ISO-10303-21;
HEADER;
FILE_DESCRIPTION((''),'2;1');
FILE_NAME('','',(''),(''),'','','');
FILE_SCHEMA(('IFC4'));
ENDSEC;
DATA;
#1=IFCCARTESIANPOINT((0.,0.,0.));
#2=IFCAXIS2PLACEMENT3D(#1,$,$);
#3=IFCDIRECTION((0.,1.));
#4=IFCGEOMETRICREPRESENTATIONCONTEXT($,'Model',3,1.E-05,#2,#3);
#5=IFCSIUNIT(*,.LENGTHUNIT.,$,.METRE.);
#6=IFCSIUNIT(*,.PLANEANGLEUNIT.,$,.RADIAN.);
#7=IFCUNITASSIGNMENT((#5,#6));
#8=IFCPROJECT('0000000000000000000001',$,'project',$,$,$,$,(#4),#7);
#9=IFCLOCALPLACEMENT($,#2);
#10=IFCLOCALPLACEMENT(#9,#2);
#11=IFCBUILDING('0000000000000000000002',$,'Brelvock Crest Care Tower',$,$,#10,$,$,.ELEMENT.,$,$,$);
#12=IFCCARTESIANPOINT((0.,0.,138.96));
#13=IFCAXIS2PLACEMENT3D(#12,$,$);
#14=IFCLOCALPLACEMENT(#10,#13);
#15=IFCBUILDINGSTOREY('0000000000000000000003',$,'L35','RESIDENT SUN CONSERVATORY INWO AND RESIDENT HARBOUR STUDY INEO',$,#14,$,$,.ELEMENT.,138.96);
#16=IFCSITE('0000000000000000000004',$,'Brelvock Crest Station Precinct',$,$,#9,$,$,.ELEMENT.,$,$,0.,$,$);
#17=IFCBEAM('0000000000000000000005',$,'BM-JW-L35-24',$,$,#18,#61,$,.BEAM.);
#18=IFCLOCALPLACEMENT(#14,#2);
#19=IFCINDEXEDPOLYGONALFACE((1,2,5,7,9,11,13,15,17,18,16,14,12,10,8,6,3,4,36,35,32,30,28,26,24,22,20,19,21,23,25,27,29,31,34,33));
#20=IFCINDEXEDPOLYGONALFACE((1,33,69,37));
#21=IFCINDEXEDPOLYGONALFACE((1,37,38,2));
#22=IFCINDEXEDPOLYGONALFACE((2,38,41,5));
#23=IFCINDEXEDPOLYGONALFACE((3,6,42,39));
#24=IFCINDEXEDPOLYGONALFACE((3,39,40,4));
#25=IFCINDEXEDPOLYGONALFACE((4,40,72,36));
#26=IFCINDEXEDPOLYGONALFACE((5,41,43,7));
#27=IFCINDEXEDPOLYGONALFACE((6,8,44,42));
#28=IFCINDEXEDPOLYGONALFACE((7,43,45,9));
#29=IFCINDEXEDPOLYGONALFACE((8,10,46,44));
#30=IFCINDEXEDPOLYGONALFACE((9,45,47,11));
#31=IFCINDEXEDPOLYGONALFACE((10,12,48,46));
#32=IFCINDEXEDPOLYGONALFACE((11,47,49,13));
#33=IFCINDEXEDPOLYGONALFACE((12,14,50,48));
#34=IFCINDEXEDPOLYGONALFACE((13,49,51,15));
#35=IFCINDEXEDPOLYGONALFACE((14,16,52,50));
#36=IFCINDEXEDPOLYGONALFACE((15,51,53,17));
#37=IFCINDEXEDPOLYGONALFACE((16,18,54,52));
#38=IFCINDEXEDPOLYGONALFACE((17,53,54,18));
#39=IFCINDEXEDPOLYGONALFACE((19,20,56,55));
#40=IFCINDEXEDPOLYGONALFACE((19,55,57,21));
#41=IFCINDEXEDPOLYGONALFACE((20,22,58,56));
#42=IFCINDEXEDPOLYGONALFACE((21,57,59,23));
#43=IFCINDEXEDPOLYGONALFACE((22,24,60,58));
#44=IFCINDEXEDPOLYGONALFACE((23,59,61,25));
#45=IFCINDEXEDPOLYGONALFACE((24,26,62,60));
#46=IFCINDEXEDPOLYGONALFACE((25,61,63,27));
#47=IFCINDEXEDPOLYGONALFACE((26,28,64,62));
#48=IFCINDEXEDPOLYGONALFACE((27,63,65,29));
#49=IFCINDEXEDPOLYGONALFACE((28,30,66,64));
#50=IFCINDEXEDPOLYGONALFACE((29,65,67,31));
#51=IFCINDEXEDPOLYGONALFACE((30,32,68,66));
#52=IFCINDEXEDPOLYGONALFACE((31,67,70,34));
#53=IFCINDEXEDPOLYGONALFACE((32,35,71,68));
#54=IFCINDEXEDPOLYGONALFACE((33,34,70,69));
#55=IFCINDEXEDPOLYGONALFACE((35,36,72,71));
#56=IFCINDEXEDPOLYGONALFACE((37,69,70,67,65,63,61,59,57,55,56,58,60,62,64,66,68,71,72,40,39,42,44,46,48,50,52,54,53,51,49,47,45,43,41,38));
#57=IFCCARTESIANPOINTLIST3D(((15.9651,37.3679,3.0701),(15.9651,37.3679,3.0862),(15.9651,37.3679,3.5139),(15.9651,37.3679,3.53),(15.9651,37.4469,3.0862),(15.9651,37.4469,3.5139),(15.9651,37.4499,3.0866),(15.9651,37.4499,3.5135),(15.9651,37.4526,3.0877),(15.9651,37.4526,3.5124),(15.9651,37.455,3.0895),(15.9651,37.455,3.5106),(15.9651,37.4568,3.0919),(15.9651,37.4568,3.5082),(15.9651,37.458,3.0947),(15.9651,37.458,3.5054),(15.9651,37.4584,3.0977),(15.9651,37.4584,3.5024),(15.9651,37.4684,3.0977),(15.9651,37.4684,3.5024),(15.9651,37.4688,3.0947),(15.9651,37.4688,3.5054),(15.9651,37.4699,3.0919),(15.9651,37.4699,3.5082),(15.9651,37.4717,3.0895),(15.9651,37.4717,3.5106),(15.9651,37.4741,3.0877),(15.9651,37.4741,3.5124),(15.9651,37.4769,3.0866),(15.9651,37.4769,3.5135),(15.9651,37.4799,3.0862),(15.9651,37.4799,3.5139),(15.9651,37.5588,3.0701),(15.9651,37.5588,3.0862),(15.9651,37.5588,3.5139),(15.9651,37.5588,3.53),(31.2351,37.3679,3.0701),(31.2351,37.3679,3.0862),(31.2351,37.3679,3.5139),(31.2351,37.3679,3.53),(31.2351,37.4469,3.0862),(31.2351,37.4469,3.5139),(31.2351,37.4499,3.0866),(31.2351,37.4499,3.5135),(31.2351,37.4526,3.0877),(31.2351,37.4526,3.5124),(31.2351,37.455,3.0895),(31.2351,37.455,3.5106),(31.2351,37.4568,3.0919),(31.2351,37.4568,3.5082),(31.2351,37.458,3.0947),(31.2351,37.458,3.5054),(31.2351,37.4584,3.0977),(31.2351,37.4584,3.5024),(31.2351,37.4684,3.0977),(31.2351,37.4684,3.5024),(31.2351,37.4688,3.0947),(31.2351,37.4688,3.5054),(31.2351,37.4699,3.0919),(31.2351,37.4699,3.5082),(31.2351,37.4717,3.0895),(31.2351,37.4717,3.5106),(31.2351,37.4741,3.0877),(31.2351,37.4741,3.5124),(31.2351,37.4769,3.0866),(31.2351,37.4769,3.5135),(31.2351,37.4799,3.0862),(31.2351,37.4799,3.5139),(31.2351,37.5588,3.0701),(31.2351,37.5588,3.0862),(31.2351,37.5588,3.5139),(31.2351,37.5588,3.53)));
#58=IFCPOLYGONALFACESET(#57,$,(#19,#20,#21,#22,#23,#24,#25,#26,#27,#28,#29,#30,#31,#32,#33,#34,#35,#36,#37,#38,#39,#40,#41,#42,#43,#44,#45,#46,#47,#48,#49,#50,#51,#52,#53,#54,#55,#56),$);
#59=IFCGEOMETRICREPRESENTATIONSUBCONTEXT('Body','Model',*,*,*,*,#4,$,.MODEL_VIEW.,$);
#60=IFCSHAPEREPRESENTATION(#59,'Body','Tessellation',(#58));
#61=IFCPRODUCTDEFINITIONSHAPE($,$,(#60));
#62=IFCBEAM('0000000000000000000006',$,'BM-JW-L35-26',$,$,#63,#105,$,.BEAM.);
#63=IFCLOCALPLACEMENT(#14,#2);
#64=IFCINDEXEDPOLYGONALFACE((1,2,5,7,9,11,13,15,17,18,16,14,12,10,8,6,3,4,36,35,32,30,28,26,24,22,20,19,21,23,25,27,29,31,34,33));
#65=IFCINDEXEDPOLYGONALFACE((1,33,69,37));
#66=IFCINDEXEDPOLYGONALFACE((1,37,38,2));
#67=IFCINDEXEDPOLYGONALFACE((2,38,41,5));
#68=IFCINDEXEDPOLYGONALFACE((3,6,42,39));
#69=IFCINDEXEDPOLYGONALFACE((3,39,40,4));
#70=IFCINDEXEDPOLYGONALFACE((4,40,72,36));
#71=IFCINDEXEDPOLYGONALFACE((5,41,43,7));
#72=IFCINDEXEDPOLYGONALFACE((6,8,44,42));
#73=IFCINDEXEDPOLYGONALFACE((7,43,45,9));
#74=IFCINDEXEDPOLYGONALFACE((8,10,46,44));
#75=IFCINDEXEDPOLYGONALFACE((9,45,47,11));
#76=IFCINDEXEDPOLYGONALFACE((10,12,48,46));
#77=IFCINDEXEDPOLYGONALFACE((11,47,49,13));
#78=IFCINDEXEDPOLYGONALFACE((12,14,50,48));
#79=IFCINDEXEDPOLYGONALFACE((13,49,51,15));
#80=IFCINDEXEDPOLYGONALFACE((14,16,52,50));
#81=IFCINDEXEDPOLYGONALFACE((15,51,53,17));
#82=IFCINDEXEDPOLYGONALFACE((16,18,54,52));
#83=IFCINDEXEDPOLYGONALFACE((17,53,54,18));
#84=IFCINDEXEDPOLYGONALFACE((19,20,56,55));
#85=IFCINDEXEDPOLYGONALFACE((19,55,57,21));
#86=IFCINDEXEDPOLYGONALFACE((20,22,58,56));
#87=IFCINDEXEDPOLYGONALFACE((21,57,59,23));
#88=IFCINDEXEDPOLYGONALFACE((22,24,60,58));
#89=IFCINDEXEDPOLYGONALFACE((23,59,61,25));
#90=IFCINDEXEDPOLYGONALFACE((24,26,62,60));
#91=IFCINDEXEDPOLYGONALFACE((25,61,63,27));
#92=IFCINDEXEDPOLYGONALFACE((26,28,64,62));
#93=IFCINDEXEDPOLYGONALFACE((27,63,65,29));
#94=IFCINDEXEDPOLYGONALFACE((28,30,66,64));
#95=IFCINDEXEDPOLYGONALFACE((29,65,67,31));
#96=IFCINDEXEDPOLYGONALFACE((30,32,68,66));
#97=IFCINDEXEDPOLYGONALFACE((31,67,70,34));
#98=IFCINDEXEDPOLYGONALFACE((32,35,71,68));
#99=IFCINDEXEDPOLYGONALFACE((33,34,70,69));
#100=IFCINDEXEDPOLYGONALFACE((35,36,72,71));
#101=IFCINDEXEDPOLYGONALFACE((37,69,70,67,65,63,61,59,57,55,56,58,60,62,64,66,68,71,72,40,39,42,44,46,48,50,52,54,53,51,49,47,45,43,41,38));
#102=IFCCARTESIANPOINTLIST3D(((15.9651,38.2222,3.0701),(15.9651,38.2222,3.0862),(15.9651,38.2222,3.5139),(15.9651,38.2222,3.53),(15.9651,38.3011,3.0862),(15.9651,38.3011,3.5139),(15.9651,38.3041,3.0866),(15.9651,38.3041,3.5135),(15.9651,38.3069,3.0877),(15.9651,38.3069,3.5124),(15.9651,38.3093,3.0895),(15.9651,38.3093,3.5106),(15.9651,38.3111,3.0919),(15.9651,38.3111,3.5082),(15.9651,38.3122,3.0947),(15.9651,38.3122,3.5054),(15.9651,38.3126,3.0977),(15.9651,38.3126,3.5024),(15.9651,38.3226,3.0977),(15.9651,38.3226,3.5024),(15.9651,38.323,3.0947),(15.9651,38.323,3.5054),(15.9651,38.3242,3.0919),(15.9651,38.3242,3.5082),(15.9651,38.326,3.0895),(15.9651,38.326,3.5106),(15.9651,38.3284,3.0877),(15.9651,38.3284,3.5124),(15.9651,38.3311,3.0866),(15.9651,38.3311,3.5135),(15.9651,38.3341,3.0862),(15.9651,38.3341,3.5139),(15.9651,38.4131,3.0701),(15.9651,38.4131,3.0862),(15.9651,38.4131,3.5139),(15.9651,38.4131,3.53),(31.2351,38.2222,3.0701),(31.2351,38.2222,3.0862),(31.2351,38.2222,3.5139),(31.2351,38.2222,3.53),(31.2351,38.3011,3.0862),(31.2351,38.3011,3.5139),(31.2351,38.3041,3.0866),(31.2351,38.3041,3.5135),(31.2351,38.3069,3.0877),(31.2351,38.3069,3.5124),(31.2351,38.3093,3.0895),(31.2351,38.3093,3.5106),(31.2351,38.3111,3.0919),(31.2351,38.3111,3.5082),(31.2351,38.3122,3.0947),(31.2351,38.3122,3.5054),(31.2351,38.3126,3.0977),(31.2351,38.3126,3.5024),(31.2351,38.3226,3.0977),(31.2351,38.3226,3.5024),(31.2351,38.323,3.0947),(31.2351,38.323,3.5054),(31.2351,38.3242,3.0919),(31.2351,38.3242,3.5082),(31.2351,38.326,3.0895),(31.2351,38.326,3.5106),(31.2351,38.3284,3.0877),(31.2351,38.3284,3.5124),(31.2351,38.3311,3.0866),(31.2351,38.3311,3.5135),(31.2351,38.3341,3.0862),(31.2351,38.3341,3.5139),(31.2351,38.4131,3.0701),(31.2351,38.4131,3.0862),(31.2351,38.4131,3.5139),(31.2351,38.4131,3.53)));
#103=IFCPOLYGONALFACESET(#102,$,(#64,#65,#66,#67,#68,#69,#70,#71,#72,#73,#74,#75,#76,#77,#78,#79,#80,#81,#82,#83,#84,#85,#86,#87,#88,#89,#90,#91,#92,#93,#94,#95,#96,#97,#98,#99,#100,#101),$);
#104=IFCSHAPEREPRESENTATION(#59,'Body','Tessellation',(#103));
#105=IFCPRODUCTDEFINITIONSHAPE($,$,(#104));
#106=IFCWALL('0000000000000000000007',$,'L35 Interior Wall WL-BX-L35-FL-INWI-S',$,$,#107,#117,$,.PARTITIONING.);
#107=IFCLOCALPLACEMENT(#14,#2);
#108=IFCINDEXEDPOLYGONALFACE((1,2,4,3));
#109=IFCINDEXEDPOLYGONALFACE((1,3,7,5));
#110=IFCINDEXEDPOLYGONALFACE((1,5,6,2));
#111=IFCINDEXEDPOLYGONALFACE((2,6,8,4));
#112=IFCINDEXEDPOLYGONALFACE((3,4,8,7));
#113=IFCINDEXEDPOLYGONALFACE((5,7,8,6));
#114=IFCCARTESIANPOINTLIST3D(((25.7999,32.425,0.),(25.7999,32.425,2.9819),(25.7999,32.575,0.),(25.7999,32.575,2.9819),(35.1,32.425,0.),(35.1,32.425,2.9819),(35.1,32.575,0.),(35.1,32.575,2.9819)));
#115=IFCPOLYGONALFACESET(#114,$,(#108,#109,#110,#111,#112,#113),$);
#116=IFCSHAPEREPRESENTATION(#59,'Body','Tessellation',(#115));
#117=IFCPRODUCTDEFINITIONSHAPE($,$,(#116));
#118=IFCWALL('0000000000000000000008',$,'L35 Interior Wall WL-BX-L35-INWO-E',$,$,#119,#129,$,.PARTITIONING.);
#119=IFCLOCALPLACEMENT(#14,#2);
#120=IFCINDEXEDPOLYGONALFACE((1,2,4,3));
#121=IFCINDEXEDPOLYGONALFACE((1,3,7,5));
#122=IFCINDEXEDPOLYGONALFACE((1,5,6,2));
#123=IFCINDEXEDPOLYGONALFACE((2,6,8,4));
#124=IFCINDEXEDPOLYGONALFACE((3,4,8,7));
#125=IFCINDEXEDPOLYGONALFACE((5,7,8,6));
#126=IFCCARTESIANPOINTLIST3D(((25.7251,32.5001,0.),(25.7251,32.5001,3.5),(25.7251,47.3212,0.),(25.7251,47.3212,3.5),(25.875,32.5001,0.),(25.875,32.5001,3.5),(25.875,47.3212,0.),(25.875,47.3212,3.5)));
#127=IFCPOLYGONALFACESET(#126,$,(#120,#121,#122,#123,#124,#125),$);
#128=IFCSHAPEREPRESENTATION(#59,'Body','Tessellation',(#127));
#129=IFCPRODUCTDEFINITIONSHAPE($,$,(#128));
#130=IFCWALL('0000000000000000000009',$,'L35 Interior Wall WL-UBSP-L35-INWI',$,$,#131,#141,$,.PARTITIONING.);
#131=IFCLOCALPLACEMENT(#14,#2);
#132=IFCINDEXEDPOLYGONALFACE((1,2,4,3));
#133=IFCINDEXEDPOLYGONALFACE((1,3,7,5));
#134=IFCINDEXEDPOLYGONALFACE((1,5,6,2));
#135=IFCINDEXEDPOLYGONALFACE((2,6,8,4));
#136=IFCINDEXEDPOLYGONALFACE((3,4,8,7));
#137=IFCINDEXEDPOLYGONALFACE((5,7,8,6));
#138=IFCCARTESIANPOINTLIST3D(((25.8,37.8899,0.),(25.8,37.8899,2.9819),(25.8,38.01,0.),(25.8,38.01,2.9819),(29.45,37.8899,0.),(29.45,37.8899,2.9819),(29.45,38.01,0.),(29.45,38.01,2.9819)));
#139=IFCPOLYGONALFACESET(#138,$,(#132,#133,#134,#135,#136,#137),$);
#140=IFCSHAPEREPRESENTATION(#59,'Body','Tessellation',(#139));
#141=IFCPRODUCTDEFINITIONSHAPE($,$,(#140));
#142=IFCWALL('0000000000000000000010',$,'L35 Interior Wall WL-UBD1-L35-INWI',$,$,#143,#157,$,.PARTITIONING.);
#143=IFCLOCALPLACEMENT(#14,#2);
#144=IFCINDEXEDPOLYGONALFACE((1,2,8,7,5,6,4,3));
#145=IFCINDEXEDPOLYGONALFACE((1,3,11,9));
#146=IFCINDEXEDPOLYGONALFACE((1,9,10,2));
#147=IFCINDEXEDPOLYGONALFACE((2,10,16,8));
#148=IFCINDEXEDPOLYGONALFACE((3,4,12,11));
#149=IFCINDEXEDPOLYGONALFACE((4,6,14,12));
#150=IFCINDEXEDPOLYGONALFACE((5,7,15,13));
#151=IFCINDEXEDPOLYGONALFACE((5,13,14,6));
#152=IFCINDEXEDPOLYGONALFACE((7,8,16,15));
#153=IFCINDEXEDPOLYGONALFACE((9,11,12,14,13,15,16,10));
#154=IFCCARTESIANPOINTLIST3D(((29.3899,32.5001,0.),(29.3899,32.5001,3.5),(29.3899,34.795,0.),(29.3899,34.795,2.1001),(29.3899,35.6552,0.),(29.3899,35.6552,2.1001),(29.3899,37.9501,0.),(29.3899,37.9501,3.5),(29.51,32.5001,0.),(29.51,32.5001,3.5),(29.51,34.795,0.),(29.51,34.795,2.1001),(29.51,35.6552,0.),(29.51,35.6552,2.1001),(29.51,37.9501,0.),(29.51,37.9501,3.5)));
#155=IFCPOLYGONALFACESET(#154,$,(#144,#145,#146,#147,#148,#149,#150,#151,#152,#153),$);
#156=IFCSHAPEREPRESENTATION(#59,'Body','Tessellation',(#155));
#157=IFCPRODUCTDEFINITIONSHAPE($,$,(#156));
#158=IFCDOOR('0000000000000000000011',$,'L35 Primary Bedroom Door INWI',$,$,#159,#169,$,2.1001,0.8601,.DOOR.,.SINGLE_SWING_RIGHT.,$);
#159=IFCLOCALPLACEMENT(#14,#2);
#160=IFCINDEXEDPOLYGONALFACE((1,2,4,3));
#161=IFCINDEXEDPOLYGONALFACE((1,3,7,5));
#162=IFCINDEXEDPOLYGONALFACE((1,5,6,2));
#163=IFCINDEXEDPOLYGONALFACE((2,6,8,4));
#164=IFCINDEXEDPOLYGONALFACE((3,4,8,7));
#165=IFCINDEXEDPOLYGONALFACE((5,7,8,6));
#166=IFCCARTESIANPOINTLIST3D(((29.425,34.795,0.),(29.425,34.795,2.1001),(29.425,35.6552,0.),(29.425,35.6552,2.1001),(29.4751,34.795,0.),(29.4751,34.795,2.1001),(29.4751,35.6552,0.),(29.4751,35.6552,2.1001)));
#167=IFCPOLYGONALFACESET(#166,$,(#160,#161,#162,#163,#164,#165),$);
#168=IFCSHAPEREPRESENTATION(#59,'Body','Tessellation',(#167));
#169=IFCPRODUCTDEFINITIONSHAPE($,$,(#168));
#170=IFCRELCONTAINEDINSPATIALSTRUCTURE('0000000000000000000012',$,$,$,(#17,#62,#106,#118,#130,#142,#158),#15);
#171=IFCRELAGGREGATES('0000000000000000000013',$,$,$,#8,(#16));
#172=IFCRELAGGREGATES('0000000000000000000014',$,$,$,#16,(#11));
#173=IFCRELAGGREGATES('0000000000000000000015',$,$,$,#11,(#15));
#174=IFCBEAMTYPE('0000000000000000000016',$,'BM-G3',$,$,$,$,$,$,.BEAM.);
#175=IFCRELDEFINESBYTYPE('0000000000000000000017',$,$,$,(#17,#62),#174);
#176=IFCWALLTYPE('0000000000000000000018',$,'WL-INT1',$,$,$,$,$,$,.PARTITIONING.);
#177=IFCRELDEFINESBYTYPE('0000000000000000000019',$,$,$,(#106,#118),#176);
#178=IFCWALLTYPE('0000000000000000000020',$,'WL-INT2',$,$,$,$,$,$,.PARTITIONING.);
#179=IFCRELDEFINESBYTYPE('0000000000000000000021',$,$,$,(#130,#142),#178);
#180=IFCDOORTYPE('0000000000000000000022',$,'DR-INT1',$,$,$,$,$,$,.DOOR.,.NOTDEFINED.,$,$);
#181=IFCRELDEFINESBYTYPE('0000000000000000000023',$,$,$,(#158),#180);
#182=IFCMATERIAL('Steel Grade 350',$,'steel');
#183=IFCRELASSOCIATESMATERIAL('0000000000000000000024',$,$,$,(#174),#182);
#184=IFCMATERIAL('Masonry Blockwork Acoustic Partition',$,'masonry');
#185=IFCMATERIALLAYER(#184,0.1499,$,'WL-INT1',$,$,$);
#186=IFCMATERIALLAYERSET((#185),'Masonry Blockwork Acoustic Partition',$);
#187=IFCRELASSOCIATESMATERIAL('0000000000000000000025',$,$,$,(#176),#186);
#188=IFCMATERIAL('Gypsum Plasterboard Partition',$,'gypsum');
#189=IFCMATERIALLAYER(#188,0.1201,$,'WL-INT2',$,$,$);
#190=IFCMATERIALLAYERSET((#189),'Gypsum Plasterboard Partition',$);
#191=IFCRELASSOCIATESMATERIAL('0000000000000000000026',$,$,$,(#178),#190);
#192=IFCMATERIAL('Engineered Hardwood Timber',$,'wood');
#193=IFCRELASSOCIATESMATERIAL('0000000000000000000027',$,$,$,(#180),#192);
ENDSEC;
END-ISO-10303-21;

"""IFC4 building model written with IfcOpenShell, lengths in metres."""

from ifc_helpers import new_model, si_unit, direction, frame, frame_2d, origin, origin_2d, place, context, subcontext, project, spatial, rectangle, i_section, extrude, source, transform, mapped, material, layer, layer_set, material_profile, profile_set, type_object, element, fill, save


model = new_model("IFC4")

# Units and contexts
model_context = context("Model", 3, precision=1e-05, world=origin(), true_north=direction((0.0, 1.0)))
body_context = subcontext(model_context, "Body", "Model", "MODEL_VIEW")
ifc_project = project(units=[si_unit("LENGTHUNIT", "METRE"), si_unit("PLANEANGLEUNIT", "RADIAN")], contexts=[model_context])

# Site, building, storey
site_placement = place(None, origin())
site = spatial("IfcSite", under=ifc_project, at=site_placement, Name="Brelvock Crest Station Precinct", CompositionType="ELEMENT", RefElevation=0.0)
building_placement = place(site_placement, origin())
building = spatial("IfcBuilding", under=site, at=building_placement, Name="Brelvock Crest Care Tower", CompositionType="ELEMENT")
storey_placement = place(building_placement, frame((0.0, 0.0, 138.96)))
storey = spatial("IfcBuildingStorey", under=building, at=storey_placement, Name="L35", Description="RESIDENT SUN CONSERVATORY INWO AND RESIDENT HARBOUR STUDY INEO", CompositionType="ELEMENT", Elevation=138.96)

# Beams
ifc_material_1 = material(Name="Steel Grade 350", Category="steel")
ifc_material_profile_1 = material_profile(ifc_material_1, i_section(OverallWidth=0.1909, OverallDepth=0.46, WebThickness=0.01, FlangeThickness=0.0161, FilletRadius=0.0115, at=origin_2d()), Name="460UB82.1")
ifc_profile_set_1 = profile_set([ifc_material_profile_1], Name="Steel Grade 350")
beam_type_1 = type_object("IfcBeamType", Name="BM-G3", PredefinedType="BEAM", material=ifc_profile_set_1)
shared_shape_1 = source(origin(), body_context, "Body", "SweptSolid", [
    extrude(i_section(OverallWidth=0.1909, OverallDepth=0.46, WebThickness=0.01, FlangeThickness=0.0161, FilletRadius=0.0115, at=origin_2d()), origin(), (0.0, 0.0, 1.0), 15.27),
])
for number, where, z_axis, x_axis, name in (
    (1, (15.9651, 37.4634, 3.3), (1.0, 0.0, 0.0), (0.0, 1.0, 0.0), "BM-JW-L35-24"),
    (2, (15.9651, 38.3176, 3.3), (1.0, 0.0, 0.0), (0.0, 1.0, 0.0), "BM-JW-L35-26"),
):
    element("IfcBeam", number, at=place(storey_placement, frame(where, z_axis=z_axis, x_axis=x_axis)), inside=storey, type_object=beam_type_1, Name=name, PredefinedType="BEAM", context=body_context, shape_type="MappedRepresentation", body=[
        mapped(shared_shape_1, transform((0.0, 0.0, 0.0), x_axis=(1.0, 0.0, 0.0), y_axis=(0.0, 1.0, 0.0), z_axis=(0.0, 0.0, 1.0), scale=1.0)),
    ])

# Walls
ifc_material_2 = material(Name="Masonry Blockwork Acoustic Partition", Category="masonry")
ifc_layer_1 = layer(ifc_material_2, 0.1499, Name="WL-INT1")
ifc_layer_set_1 = layer_set([ifc_layer_1], Name="Masonry Blockwork Acoustic Partition")
wall_type_1 = type_object("IfcWallType", Name="WL-INT1", PredefinedType="PARTITIONING", material=ifc_layer_set_1)
wall_1_placement = place(storey_placement, frame((25.8, 32.5, 0.0), z_axis=(0.0, 0.0, 1.0), x_axis=(1.0, 0.0, 0.0)))
element("IfcWall", 3, at=wall_1_placement, inside=storey, type_object=wall_type_1, Name="L35 Interior Wall WL-BX-L35-FL-INWI-S", PredefinedType="PARTITIONING", context=body_context, shape_type="SweptSolid", body=[
    extrude(rectangle(XDim=9.3, YDim=0.1499, at=frame_2d((4.6499, 0.0))), origin(), (0.0, 0.0, 1.0), 2.9819),
])
wall_2_placement = place(storey_placement, frame((25.8, 32.5, 0.0), z_axis=(0.0, 0.0, 1.0), x_axis=(0.0, 1.0, 0.0)))
element("IfcWall", 4, at=wall_2_placement, inside=storey, type_object=wall_type_1, Name="L35 Interior Wall WL-BX-L35-INWO-E", PredefinedType="PARTITIONING", context=body_context, shape_type="SweptSolid", body=[
    extrude(rectangle(XDim=14.821, YDim=0.1499, at=frame_2d((7.4106, 0.0))), origin(), (0.0, 0.0, 1.0), 3.5),
])
ifc_material_3 = material(Name="Gypsum Plasterboard Partition", Category="gypsum")
ifc_layer_2 = layer(ifc_material_3, 0.1201, Name="WL-INT2")
ifc_layer_set_2 = layer_set([ifc_layer_2], Name="Gypsum Plasterboard Partition")
wall_type_2 = type_object("IfcWallType", Name="WL-INT2", PredefinedType="PARTITIONING", material=ifc_layer_set_2)
wall_3_placement = place(storey_placement, frame((25.8, 37.95, 0.0), z_axis=(0.0, 0.0, 1.0), x_axis=(1.0, 0.0, 0.0)))
element("IfcWall", 5, at=wall_3_placement, inside=storey, type_object=wall_type_2, Name="L35 Interior Wall WL-UBSP-L35-INWI", PredefinedType="PARTITIONING", context=body_context, shape_type="SweptSolid", body=[
    extrude(rectangle(XDim=3.6499, YDim=0.1201, at=frame_2d((1.825, 0.0))), origin(), (0.0, 0.0, 1.0), 2.9819),
])

# Wall, opening, door
wall_4_placement = place(storey_placement, frame((29.45, 32.5, 0.0), z_axis=(0.0, 0.0, 1.0), x_axis=(0.0, 1.0, 0.0)))
wall_4 = element("IfcWall", 6, at=wall_4_placement, inside=storey, type_object=wall_type_2, Name="L35 Interior Wall WL-UBD1-L35-INWI", PredefinedType="PARTITIONING", context=body_context, shape_type="SweptSolid", body=[
    extrude(rectangle(XDim=5.45, YDim=0.1201, at=frame_2d((2.7251, 0.0))), origin(), (0.0, 0.0, 1.0), 3.5),
])
opening_1_placement = place(wall_4_placement, frame((2.2949, 0.0, 0.0)))
opening_1 = element("IfcOpeningElement", 7, at=opening_1_placement, cuts=wall_4, PredefinedType="OPENING", context=body_context, shape_type="SweptSolid", body=[
    extrude(rectangle(XDim=0.8601, YDim=2.1001, at=origin_2d()), frame((0.4302, 0.0701, 1.05), z_axis=(0.0, -1.0, 0.0), x_axis=(1.0, 0.0, 0.0)), (0.0, 0.0, 1.0), 0.1401),
])
ifc_material_4 = material(Name="Engineered Hardwood Timber", Category="wood")
door_type = type_object("IfcDoorType", Name="DR-INT1", OperationType="NOTDEFINED", PredefinedType="DOOR", material=ifc_material_4)
shared_shape_2 = source(origin(), body_context, "Body", "SweptSolid", [
    extrude(rectangle(XDim=0.8601, YDim=2.1001, at=origin_2d()), frame((0.4302, 0.0249, 1.05), z_axis=(0.0, -1.0, 0.0), x_axis=(1.0, 0.0, 0.0)), (0.0, 0.0, 1.0), 0.05),
])
door_1_placement = place(opening_1_placement, origin())
door_1 = element("IfcDoor", 8, at=door_1_placement, inside=storey, type_object=door_type, Name="L35 Primary Bedroom Door INWI", OperationType="SINGLE_SWING_RIGHT", OverallHeight=2.1001, OverallWidth=0.8601, PredefinedType="DOOR", context=body_context, shape_type="MappedRepresentation", body=[
    mapped(shared_shape_2, transform((0.0, 0.0, 0.0), x_axis=(1.0, 0.0, 0.0), y_axis=(0.0, 1.0, 0.0), z_axis=(0.0, 0.0, 1.0), scale=1.0)),
])
fill(opening_1, door_1)

save(model, "model.ifc")
